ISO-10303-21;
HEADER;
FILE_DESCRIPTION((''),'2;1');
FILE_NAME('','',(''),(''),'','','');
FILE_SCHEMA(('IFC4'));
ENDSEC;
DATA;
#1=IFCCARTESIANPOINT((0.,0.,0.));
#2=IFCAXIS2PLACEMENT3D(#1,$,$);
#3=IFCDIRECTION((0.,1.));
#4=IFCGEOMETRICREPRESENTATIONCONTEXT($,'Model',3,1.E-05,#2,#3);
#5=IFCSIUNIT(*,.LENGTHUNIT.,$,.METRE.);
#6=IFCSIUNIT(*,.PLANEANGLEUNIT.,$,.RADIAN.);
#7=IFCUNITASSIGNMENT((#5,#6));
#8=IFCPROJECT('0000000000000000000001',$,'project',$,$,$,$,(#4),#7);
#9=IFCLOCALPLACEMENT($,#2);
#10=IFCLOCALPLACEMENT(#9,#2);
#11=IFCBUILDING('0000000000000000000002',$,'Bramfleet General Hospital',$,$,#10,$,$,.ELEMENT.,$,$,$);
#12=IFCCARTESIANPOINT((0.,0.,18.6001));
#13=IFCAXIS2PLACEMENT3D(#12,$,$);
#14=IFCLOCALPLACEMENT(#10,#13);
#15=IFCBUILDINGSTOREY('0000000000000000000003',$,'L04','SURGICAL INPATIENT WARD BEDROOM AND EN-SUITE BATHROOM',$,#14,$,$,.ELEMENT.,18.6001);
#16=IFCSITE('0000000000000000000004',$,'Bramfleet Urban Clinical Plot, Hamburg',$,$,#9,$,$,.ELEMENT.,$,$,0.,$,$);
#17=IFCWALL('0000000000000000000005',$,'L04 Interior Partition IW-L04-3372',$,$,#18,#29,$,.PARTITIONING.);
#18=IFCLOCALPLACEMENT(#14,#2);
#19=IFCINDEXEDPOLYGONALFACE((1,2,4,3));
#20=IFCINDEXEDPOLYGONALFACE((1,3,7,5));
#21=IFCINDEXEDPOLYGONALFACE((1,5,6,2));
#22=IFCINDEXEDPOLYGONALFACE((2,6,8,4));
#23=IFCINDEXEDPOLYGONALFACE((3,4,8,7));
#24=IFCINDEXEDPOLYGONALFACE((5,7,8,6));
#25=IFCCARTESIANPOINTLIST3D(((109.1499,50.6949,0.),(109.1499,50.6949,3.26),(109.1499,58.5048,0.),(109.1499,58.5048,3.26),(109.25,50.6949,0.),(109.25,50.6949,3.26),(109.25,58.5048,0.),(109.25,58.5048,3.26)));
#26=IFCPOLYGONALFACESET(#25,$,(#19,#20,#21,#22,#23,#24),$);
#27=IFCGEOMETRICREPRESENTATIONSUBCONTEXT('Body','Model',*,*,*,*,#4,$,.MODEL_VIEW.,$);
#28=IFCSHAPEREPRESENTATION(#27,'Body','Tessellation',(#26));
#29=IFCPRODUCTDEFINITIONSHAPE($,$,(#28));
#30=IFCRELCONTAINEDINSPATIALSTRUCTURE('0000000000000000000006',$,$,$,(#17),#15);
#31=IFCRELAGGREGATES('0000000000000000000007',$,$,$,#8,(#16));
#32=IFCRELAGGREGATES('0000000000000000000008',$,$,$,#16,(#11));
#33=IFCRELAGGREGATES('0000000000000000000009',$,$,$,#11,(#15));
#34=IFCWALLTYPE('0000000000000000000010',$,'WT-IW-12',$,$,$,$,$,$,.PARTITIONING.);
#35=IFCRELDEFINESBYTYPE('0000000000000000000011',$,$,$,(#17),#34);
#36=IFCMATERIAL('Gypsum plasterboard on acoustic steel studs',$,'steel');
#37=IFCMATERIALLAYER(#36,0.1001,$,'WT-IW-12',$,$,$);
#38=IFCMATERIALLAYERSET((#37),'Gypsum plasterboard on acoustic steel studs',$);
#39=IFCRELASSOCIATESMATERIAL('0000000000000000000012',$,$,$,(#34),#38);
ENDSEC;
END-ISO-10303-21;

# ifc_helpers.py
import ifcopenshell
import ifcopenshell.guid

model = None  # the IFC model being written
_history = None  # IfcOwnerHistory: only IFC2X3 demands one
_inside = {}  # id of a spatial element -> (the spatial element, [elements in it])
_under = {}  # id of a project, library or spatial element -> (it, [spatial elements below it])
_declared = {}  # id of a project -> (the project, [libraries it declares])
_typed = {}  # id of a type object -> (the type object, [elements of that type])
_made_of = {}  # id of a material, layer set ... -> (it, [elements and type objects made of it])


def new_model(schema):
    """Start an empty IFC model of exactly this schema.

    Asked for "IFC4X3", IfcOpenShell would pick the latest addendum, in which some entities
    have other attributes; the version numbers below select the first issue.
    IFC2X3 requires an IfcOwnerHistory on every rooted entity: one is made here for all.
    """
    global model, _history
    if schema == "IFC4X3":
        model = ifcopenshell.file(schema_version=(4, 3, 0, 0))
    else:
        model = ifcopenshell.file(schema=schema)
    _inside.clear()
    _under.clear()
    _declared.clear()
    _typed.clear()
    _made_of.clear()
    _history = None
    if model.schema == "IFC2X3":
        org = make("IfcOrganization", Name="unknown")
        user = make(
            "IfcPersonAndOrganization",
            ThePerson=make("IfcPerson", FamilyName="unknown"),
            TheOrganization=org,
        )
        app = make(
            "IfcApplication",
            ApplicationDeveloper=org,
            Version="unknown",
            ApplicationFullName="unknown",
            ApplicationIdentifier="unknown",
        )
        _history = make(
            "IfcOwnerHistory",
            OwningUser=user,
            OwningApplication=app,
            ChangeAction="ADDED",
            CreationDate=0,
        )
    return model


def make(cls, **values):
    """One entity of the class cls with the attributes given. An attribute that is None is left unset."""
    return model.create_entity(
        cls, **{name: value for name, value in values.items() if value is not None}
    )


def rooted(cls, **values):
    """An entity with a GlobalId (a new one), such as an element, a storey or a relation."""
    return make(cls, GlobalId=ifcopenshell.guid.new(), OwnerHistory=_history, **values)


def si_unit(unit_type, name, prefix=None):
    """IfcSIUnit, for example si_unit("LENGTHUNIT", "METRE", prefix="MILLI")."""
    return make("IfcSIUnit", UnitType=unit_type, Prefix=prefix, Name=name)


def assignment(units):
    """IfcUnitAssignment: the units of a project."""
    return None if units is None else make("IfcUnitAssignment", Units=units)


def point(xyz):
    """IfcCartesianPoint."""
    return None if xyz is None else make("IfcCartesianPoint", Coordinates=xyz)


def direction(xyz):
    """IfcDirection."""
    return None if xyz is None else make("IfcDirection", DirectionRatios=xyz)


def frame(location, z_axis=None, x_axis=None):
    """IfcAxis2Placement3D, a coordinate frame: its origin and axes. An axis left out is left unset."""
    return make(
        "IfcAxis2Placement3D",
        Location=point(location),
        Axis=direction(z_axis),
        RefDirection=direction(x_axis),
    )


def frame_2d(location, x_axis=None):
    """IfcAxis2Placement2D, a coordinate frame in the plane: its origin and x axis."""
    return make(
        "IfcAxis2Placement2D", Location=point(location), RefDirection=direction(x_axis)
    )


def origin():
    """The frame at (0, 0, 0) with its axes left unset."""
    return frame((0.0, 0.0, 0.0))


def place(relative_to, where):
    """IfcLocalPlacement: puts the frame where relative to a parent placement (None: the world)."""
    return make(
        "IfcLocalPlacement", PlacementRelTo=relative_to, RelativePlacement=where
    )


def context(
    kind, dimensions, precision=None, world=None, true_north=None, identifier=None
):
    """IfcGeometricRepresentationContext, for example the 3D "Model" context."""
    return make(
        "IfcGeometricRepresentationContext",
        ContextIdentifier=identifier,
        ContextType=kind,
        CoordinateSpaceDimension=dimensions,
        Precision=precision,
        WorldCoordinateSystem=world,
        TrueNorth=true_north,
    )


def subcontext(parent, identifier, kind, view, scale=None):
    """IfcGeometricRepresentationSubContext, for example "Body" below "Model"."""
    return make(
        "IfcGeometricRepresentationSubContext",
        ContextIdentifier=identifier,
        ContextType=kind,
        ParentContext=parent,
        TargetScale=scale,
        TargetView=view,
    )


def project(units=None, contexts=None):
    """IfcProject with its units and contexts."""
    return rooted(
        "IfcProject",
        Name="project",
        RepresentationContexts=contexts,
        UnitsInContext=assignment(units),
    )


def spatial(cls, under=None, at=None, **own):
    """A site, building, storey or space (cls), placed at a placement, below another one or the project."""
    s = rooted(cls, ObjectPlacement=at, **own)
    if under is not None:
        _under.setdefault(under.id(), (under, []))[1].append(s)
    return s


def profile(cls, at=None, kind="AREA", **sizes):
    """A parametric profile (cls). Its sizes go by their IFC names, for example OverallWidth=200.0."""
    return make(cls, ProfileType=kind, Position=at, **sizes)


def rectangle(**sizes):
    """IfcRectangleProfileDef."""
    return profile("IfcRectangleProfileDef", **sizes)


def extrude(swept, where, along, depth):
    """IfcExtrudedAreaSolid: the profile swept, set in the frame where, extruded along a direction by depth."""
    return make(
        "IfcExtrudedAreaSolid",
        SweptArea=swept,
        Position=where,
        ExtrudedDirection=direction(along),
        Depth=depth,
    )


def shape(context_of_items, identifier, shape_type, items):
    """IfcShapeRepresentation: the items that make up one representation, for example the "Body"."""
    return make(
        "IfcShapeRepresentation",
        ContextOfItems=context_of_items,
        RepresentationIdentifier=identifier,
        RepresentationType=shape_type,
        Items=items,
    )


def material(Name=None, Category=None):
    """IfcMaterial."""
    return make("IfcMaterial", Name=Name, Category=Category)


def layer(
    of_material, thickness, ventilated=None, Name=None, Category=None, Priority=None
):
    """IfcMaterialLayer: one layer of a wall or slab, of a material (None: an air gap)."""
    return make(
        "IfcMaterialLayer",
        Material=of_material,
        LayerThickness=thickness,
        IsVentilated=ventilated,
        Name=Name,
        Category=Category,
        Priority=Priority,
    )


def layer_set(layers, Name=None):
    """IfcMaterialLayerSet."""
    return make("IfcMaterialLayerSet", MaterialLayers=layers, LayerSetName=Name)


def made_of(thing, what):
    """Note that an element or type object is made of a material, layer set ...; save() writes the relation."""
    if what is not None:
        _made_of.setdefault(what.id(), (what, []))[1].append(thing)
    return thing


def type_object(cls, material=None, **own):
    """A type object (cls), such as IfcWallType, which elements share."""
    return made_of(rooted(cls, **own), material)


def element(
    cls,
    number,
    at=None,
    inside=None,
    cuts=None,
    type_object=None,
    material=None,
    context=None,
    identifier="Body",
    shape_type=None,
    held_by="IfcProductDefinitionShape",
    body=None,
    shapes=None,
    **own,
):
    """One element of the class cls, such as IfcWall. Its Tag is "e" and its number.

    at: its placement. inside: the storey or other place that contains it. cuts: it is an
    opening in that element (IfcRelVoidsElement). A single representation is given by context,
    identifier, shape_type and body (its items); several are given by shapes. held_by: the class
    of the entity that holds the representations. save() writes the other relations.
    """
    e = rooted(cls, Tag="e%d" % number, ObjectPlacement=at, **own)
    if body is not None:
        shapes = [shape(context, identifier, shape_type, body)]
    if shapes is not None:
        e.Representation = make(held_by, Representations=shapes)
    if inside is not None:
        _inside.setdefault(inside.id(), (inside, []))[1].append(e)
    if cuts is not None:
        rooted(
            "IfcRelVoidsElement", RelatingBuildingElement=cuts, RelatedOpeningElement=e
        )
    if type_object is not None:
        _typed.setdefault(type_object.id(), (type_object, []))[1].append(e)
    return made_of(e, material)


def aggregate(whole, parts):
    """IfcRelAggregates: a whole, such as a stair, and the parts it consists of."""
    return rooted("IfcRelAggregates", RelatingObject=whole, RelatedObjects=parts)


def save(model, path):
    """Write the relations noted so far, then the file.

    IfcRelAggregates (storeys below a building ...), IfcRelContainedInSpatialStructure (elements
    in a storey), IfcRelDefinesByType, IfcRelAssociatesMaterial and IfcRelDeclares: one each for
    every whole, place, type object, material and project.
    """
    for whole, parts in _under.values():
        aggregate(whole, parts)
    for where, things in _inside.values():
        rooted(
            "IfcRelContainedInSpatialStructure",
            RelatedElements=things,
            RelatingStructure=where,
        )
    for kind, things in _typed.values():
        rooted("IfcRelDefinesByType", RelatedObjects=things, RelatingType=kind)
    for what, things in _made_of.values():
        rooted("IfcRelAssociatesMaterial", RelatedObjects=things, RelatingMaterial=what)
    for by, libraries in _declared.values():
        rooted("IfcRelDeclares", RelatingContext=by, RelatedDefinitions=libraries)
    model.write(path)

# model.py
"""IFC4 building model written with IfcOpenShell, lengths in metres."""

from ifc_helpers import new_model, si_unit, direction, frame, frame_2d, origin, place, context, subcontext, project, spatial, rectangle, extrude, material, layer, layer_set, type_object, element, save


model = new_model("IFC4")

# Units and contexts
model_context = context("Model", 3, precision=1e-05, world=origin(), true_north=direction((0.0, 1.0)))
body_context = subcontext(model_context, "Body", "Model", "MODEL_VIEW")
ifc_project = project(units=[si_unit("LENGTHUNIT", "METRE"), si_unit("PLANEANGLEUNIT", "RADIAN")], contexts=[model_context])

# Site, building, storey
site_placement = place(None, origin())
site = spatial("IfcSite", under=ifc_project, at=site_placement, Name="Bramfleet Urban Clinical Plot, Hamburg", CompositionType="ELEMENT", RefElevation=0.0)
building_placement = place(site_placement, origin())
building = spatial("IfcBuilding", under=site, at=building_placement, Name="Bramfleet General Hospital", CompositionType="ELEMENT")
storey_placement = place(building_placement, frame((0.0, 0.0, 18.6001)))
storey = spatial("IfcBuildingStorey", under=building, at=storey_placement, Name="L04", Description="SURGICAL INPATIENT WARD BEDROOM AND EN-SUITE BATHROOM", CompositionType="ELEMENT", Elevation=18.6001)

# Shared definitions
ifc_material_1 = material(Name="Gypsum plasterboard on acoustic steel studs", Category="steel")

# Wall
ifc_layer_1 = layer(ifc_material_1, 0.1001, Name="WT-IW-12")
ifc_layer_set_1 = layer_set([ifc_layer_1], Name="Gypsum plasterboard on acoustic steel studs")
wall_type_1 = type_object("IfcWallType", Name="WT-IW-12", PredefinedType="PARTITIONING", material=ifc_layer_set_1)
wall_1_placement = place(storey_placement, frame((109.2, 50.6951, 0.0), z_axis=(0.0, 0.0, 1.0), x_axis=(0.0, 1.0, 0.0)))
element("IfcWall", 1, at=wall_1_placement, inside=storey, type_object=wall_type_1, Name="L04 Interior Partition IW-L04-3372", PredefinedType="PARTITIONING", context=body_context, shape_type="SweptSolid", body=[
    extrude(rectangle(XDim=7.8098, YDim=0.1001, at=frame_2d((3.9048, 0.0))), origin(), (0.0, 0.0, 1.0), 3.26),
])

save(model, "model.ifc")
